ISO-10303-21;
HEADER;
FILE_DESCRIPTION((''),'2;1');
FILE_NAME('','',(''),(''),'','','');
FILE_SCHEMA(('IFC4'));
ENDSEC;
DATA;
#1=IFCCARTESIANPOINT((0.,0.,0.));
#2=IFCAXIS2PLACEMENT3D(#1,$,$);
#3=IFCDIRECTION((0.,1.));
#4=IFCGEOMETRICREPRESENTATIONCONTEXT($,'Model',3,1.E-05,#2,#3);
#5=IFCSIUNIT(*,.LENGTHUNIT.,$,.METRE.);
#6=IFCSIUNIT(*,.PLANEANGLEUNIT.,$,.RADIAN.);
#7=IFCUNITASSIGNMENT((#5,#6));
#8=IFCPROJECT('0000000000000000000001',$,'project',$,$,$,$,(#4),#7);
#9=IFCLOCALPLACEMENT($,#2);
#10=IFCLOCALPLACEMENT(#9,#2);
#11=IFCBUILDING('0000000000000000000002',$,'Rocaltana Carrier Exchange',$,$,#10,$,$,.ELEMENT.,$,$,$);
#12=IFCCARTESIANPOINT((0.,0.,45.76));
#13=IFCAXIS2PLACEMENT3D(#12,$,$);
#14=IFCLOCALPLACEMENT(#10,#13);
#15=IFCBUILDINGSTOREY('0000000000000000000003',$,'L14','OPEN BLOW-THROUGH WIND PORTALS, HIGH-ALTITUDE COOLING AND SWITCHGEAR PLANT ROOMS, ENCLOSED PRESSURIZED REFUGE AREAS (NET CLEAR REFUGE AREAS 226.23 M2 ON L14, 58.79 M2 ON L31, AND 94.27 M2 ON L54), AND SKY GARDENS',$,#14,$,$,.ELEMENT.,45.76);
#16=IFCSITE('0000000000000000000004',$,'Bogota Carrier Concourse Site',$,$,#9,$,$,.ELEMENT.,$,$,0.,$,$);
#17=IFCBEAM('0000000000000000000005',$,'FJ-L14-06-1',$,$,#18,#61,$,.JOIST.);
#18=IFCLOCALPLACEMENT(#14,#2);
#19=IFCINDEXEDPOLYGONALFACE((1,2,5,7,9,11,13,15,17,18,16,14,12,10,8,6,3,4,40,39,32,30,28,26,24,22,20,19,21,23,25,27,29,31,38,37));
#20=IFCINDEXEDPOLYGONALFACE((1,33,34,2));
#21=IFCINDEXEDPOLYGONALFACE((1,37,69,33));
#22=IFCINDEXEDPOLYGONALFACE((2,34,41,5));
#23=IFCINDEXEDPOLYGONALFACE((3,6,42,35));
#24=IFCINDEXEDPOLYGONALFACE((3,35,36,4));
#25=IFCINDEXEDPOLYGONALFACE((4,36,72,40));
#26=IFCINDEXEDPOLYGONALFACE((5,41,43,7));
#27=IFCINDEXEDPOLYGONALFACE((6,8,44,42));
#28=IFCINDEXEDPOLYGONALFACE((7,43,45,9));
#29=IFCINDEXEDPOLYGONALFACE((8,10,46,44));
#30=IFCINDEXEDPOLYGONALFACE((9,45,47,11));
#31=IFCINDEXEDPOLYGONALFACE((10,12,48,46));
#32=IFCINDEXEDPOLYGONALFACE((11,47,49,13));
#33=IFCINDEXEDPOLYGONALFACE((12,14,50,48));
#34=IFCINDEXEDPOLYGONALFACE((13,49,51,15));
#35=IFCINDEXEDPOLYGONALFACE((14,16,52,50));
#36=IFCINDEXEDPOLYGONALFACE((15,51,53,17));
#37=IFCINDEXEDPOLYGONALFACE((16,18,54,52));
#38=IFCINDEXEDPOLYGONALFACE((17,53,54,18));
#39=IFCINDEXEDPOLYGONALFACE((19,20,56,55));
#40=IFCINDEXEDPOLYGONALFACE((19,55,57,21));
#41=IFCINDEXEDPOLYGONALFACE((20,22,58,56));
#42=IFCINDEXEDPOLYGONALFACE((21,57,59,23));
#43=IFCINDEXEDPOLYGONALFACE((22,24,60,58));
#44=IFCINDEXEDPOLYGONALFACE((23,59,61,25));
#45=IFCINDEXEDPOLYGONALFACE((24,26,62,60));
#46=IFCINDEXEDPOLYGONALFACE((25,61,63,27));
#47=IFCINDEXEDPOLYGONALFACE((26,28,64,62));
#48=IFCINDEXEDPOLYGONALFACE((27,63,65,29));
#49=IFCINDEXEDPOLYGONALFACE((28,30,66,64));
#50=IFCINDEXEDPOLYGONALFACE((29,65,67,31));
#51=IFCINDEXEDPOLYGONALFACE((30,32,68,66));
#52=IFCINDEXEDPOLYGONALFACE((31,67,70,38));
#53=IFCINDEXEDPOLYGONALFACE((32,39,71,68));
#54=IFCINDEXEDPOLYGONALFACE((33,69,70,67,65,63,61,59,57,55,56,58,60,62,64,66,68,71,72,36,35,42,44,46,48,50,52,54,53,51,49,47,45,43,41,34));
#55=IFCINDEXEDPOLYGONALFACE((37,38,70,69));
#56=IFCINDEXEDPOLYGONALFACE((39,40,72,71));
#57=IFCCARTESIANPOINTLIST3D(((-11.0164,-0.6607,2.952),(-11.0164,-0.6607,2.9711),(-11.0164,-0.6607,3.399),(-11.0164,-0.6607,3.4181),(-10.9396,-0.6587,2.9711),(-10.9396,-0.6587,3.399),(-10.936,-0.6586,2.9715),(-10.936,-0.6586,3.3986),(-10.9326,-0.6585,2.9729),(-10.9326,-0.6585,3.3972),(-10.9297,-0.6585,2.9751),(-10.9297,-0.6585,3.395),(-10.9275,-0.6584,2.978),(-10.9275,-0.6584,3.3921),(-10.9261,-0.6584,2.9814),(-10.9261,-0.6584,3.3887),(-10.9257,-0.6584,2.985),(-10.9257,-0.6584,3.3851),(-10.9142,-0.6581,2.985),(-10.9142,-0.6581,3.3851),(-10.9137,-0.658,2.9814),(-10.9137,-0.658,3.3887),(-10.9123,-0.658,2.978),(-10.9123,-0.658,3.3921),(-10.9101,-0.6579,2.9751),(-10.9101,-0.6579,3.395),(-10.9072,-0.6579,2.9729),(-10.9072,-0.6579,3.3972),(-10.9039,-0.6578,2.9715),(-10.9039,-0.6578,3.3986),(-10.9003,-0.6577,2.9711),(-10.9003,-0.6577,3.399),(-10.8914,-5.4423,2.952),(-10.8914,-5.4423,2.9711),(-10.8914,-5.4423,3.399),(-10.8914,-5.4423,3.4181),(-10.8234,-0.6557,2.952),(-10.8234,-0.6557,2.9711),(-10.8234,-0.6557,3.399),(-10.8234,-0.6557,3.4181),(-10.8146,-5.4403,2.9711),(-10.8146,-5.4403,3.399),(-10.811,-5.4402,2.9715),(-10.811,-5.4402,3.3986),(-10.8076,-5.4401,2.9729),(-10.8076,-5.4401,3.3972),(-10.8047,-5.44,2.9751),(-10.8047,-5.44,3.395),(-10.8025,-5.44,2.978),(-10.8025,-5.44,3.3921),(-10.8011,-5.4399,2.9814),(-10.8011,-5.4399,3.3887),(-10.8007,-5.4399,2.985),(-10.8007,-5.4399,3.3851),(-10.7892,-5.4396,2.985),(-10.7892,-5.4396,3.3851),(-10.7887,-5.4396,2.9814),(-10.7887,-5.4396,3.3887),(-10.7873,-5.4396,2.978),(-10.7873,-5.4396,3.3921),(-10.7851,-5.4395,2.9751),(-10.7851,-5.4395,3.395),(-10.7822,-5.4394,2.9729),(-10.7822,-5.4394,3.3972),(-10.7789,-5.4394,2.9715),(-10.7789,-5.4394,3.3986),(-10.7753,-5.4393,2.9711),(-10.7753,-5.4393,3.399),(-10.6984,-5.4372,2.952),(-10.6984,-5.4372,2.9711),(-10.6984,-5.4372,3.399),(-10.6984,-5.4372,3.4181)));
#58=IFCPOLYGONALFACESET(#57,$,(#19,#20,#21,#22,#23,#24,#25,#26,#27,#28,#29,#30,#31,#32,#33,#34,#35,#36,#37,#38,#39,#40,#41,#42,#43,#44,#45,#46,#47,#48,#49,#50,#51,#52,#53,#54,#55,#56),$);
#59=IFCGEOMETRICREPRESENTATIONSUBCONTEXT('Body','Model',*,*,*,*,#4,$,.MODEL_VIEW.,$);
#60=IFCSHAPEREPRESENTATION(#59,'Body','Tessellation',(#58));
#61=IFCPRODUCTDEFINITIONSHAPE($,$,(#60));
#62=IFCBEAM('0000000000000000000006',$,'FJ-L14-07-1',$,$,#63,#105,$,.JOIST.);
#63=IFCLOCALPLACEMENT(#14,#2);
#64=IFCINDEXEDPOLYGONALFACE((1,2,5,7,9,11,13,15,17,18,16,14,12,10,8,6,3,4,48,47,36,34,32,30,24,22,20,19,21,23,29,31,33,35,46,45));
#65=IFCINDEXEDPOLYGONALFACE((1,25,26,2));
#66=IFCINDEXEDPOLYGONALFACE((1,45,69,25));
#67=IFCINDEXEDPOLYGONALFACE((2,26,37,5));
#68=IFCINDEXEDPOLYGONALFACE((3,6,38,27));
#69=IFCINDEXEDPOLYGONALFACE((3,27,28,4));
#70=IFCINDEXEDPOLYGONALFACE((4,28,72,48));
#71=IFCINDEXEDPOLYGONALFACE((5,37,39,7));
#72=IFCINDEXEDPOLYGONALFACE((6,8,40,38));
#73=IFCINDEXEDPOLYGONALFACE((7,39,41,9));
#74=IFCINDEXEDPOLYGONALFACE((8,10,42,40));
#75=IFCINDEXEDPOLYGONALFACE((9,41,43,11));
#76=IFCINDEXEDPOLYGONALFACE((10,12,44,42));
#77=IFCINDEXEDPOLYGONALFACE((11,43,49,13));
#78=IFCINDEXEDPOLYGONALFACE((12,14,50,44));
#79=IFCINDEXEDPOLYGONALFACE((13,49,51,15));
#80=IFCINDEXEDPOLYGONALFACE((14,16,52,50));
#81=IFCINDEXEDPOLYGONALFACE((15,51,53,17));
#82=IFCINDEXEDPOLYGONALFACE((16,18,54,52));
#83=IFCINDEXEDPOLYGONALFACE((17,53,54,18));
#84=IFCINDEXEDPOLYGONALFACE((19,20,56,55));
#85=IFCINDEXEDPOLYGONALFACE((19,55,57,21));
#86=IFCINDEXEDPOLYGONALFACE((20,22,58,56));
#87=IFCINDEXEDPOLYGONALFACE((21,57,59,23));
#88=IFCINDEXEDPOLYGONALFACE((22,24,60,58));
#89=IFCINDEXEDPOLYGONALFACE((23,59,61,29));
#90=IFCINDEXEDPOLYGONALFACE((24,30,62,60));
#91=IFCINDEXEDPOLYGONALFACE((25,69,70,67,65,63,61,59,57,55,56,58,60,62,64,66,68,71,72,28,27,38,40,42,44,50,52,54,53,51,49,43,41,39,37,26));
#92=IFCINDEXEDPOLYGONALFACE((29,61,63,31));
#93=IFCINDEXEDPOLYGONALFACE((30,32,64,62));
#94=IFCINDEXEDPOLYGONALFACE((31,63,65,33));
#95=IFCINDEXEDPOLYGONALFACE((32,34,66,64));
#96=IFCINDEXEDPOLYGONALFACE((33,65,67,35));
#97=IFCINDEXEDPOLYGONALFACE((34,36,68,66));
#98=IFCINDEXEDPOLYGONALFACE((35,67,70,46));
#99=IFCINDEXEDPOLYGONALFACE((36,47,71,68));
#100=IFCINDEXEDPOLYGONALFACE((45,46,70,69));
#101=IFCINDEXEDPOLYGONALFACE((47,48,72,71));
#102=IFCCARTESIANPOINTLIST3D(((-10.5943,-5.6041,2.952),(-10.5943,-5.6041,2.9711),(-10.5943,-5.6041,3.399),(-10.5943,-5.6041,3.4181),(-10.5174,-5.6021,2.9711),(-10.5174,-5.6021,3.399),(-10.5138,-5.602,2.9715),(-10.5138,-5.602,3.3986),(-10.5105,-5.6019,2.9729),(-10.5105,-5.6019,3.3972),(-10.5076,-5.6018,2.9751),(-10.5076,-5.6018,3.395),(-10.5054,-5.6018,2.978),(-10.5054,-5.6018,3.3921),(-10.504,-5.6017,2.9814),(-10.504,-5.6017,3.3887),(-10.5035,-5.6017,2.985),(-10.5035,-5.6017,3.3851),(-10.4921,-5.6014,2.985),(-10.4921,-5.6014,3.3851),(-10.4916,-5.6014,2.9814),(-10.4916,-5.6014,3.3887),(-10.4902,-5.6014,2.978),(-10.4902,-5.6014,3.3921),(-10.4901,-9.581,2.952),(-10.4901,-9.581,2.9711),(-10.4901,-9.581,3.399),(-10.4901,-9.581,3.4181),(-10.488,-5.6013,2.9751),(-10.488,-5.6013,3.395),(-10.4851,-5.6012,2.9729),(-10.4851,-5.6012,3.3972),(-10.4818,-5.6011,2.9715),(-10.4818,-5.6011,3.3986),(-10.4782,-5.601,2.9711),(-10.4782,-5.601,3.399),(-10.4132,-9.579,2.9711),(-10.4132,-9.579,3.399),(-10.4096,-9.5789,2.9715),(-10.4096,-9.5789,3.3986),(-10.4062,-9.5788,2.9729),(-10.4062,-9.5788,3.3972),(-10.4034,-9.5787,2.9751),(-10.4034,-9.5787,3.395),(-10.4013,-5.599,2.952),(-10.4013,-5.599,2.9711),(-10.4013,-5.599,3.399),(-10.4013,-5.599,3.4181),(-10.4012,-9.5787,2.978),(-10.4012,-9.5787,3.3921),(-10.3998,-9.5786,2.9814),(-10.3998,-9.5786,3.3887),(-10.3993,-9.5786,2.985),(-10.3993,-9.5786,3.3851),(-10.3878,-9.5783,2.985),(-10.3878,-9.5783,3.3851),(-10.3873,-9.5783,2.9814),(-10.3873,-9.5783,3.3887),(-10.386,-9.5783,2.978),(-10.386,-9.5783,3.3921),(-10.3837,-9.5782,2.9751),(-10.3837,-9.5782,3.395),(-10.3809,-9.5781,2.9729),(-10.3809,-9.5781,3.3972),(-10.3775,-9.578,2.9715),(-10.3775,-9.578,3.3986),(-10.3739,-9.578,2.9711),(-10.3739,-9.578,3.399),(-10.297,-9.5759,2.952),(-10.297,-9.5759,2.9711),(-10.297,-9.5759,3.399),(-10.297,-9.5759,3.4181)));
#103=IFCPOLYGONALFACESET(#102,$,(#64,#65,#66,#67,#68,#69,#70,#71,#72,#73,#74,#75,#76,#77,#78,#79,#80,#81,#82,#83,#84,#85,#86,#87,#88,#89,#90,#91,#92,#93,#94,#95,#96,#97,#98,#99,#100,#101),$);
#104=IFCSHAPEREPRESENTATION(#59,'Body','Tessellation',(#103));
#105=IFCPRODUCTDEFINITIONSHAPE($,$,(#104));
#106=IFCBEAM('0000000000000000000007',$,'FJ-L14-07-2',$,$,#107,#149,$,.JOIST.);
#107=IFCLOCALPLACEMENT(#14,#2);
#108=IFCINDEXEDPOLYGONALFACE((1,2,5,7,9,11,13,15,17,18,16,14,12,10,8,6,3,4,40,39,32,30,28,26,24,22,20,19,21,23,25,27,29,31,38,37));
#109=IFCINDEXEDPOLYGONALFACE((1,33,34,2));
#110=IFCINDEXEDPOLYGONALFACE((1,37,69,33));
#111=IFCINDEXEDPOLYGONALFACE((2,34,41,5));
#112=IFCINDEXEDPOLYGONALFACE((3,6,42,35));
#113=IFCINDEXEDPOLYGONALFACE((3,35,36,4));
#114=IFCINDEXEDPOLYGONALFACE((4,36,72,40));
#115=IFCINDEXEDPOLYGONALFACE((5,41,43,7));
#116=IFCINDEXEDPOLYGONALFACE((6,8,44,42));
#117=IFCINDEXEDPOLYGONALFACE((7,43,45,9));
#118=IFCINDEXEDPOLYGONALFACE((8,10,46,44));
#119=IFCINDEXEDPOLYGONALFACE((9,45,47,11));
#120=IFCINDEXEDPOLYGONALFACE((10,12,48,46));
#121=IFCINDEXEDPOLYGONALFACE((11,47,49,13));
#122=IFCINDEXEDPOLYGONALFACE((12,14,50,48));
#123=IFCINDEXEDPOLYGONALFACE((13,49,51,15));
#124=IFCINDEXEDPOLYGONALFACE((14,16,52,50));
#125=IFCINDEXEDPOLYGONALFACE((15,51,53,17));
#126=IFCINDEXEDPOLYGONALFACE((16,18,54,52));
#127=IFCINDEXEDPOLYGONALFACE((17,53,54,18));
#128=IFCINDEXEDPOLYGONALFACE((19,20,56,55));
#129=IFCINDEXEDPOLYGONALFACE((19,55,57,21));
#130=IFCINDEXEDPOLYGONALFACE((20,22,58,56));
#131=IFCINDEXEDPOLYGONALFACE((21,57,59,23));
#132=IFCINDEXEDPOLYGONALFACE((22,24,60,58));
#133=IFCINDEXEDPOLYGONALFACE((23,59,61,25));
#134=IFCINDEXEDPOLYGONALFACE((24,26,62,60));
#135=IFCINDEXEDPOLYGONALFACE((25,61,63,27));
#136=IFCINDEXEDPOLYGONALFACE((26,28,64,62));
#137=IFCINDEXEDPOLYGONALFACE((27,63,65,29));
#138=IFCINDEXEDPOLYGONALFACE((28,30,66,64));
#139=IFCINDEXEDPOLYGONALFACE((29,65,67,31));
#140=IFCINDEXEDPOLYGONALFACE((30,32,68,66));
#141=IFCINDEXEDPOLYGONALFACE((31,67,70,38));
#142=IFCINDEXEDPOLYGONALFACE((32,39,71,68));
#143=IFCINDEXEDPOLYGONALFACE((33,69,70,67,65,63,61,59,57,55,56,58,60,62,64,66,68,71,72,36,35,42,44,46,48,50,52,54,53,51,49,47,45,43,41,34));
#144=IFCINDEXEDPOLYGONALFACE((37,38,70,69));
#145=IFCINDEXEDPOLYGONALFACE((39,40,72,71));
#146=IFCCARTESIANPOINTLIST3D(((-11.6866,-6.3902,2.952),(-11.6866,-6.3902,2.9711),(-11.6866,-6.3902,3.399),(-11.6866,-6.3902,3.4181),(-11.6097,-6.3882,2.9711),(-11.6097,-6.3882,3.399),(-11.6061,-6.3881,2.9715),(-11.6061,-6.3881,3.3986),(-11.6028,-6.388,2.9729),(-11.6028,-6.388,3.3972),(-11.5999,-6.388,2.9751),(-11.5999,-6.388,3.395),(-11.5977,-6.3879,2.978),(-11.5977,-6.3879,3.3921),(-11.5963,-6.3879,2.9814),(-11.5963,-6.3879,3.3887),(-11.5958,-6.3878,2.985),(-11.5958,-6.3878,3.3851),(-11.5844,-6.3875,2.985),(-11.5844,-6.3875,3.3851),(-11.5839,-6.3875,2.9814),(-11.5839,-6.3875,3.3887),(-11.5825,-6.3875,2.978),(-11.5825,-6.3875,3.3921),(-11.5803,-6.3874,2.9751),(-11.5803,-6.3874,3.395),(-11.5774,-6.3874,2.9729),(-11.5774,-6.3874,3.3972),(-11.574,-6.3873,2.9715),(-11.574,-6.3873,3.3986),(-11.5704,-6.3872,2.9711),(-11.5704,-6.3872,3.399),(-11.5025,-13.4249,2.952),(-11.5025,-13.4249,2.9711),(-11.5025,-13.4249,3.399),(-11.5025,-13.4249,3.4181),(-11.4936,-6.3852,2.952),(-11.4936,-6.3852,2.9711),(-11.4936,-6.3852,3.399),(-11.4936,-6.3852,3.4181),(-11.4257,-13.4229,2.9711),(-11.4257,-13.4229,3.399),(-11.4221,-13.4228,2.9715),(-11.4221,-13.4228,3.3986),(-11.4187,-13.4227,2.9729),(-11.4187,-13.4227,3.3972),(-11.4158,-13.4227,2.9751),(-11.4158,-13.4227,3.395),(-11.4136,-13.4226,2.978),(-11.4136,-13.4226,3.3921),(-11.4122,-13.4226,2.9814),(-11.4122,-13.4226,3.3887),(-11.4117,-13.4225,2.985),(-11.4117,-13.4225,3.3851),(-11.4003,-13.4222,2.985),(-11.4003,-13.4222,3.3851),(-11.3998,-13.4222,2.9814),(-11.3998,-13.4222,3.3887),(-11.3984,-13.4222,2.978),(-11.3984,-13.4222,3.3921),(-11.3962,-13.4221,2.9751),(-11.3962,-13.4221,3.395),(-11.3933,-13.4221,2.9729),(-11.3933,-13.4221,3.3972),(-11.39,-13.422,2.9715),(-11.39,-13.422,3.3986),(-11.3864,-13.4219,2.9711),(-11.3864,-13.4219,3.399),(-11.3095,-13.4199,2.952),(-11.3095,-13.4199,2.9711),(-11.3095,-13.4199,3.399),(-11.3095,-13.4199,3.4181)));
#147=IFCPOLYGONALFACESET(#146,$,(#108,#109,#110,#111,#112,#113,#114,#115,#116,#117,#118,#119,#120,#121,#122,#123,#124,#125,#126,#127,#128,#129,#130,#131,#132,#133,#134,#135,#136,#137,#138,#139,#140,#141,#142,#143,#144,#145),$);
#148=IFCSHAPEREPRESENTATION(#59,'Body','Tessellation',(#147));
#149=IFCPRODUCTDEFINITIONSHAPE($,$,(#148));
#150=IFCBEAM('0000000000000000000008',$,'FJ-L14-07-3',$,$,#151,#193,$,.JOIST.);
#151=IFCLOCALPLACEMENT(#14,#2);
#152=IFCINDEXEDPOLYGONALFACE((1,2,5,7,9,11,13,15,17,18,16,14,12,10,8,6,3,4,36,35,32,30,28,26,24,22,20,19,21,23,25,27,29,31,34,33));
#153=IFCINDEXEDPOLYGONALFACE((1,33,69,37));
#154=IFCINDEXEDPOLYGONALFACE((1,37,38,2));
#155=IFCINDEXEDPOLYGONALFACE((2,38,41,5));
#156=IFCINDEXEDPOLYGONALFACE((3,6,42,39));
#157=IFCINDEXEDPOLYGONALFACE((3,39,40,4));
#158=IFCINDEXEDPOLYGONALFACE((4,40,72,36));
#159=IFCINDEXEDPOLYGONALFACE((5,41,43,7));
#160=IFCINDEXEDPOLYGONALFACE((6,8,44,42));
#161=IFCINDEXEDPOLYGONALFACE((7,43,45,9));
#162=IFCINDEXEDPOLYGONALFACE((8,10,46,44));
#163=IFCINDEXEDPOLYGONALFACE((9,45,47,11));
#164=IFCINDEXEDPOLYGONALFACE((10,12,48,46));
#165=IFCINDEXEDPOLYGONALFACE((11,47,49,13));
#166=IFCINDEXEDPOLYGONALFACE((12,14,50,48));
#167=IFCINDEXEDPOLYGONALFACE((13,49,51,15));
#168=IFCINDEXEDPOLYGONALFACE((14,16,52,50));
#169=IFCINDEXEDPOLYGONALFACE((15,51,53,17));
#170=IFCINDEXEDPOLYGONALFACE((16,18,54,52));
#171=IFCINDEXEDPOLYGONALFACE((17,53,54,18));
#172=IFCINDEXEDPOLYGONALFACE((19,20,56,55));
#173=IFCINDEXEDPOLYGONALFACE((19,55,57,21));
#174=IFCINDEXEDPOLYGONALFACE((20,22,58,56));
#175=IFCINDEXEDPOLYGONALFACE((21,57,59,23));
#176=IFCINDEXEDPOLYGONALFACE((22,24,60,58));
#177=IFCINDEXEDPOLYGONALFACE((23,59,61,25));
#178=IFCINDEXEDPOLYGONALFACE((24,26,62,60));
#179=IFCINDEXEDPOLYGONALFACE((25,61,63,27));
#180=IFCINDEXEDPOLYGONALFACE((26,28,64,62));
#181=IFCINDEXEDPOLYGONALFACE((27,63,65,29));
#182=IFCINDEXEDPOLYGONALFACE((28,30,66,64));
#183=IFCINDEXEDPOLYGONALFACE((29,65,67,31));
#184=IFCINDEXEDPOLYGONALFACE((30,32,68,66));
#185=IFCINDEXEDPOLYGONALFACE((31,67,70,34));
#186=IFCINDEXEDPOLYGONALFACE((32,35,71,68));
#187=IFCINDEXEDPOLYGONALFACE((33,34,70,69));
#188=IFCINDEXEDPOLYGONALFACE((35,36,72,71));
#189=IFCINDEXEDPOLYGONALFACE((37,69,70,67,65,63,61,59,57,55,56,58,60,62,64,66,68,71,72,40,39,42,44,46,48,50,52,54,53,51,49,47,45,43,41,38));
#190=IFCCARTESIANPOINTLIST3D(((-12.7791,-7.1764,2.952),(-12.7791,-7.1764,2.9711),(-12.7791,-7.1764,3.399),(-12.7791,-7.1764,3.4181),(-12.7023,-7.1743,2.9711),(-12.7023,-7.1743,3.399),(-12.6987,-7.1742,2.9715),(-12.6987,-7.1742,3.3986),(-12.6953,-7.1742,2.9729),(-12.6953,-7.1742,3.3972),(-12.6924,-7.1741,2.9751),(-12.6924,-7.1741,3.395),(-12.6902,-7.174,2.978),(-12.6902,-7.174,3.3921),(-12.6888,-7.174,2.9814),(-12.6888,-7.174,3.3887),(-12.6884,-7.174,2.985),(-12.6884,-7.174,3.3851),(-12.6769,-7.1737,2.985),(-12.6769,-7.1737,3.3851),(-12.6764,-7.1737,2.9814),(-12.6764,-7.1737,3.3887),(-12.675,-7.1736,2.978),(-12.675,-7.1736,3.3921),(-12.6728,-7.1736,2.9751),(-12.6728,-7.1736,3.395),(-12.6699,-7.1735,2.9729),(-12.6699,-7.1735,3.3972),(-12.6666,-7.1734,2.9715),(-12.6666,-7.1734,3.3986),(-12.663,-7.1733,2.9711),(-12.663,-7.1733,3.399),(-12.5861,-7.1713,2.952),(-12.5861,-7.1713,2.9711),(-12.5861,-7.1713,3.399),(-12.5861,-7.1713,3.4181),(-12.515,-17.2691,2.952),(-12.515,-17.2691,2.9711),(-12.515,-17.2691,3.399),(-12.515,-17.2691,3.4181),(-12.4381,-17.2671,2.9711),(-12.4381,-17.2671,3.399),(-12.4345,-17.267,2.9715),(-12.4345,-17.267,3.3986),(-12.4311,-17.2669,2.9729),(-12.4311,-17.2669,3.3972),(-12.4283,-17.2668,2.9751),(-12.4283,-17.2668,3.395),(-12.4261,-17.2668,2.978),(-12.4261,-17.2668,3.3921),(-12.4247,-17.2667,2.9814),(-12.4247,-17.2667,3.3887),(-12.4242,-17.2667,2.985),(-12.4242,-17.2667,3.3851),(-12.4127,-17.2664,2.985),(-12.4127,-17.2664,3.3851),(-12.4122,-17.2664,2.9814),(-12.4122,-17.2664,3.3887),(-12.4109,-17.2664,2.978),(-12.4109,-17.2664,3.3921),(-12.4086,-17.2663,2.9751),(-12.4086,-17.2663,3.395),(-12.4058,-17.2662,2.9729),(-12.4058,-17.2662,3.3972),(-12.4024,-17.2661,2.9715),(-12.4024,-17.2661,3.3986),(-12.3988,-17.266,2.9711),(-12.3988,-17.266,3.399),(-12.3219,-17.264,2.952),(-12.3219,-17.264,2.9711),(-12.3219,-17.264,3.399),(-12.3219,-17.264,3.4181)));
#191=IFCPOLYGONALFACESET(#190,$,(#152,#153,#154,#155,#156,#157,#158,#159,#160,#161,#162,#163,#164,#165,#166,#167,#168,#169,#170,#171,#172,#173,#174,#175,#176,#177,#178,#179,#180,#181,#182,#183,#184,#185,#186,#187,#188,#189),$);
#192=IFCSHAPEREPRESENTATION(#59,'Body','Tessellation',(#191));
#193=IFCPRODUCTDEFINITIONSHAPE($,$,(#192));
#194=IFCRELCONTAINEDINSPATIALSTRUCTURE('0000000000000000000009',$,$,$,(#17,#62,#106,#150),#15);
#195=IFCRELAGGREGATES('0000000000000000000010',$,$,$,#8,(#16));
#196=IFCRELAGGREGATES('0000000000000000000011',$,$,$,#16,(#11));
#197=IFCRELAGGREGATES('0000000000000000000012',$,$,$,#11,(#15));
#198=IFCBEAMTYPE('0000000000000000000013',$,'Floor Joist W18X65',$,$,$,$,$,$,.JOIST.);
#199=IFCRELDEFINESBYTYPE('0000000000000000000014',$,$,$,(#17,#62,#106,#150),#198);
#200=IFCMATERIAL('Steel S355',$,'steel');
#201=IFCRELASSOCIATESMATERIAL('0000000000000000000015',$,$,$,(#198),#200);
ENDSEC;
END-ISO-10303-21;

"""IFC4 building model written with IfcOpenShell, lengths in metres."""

from ifc_helpers import new_model, si_unit, direction, frame, origin, origin_2d, place, context, subcontext, project, spatial, i_section, extrude, material, material_profile, profile_set, type_object, element, save


model = new_model("IFC4")

# Units and contexts
model_context = context("Model", 3, precision=1e-05, world=origin(), true_north=direction((0.0, 1.0)))
body_context = subcontext(model_context, "Body", "Model", "MODEL_VIEW")
ifc_project = project(units=[si_unit("LENGTHUNIT", "METRE"), si_unit("PLANEANGLEUNIT", "RADIAN")], contexts=[model_context])

# Site, building, storey
site_placement = place(None, origin())
site = spatial("IfcSite", under=ifc_project, at=site_placement, Name="Bogota Carrier Concourse Site", CompositionType="ELEMENT", RefElevation=0.0)
building_placement = place(site_placement, origin())
building = spatial("IfcBuilding", under=site, at=building_placement, Name="Rocaltana Carrier Exchange", CompositionType="ELEMENT")
storey_placement = place(building_placement, frame((0.0, 0.0, 45.76)))
storey = spatial("IfcBuildingStorey", under=building, at=storey_placement, Name="L14", Description="OPEN BLOW-THROUGH WIND PORTALS, HIGH-ALTITUDE COOLING AND SWITCHGEAR PLANT ROOMS, ENCLOSED PRESSURIZED REFUGE AREAS (NET CLEAR REFUGE AREAS 226.23 M2 ON L14, 58.79 M2 ON L31, AND 94.27 M2 ON L54), AND SKY GARDENS", CompositionType="ELEMENT", Elevation=45.76)

# Beams
ifc_material_1 = material(Name="Steel S355", Category="steel")
ifc_material_profile_1 = material_profile(ifc_material_1, i_section(OverallWidth=0.1931, OverallDepth=0.4661, WebThickness=0.0115, FlangeThickness=0.019, FilletRadius=0.0139, at=origin_2d()), Name="W18X65")
ifc_profile_set_1 = profile_set([ifc_material_profile_1], Name="Steel S355")
beam_type_1 = type_object("IfcBeamType", Name="Floor Joist W18X65", PredefinedType="JOIST", material=ifc_profile_set_1)
beam_1_placement = place(storey_placement, frame((-10.9199, -0.6582, 3.1851), z_axis=(0.026134, -0.999658, 0.0), x_axis=(0.999658, 0.026134, 0.0)))
element("IfcBeam", 1, at=beam_1_placement, inside=storey, type_object=beam_type_1, Name="FJ-L14-06-1", PredefinedType="JOIST", context=body_context, shape_type="SweptSolid", body=[
    extrude(i_section(OverallWidth=0.1931, OverallDepth=0.4661, WebThickness=0.0115, FlangeThickness=0.019, FilletRadius=0.0139, at=origin_2d()), origin(), (0.0, 0.0, 1.0), 4.7832),
])
beam_2_placement = place(storey_placement, frame((-10.4978, -5.6016, 3.1851), z_axis=(0.026205, -0.999657, 0.0), x_axis=(0.999657, 0.026205, 0.0)))
element("IfcBeam", 2, at=beam_2_placement, inside=storey, type_object=beam_type_1, Name="FJ-L14-07-1", PredefinedType="JOIST", context=body_context, shape_type="SweptSolid", body=[
    extrude(i_section(OverallWidth=0.1931, OverallDepth=0.4661, WebThickness=0.0115, FlangeThickness=0.019, FilletRadius=0.0139, at=origin_2d()), origin(), (0.0, 0.0, 1.0), 3.9783),
])
beam_3_placement = place(storey_placement, frame((-11.5901, -6.3877, 3.1851), z_axis=(0.026159, -0.999658, 0.0), x_axis=(0.999658, 0.026159, 0.0)))
element("IfcBeam", 3, at=beam_3_placement, inside=storey, type_object=beam_type_1, Name="FJ-L14-07-2", PredefinedType="JOIST", context=body_context, shape_type="SweptSolid", body=[
    extrude(i_section(OverallWidth=0.1931, OverallDepth=0.4661, WebThickness=0.0115, FlangeThickness=0.019, FilletRadius=0.0139, at=origin_2d()), origin(), (0.0, 0.0, 1.0), 7.0371),
])
beam_4_placement = place(storey_placement, frame((-12.6826, -7.1738, 3.1851), z_axis=(0.026164, -0.999658, 0.0), x_axis=(0.999658, 0.026164, 0.0)))
element("IfcBeam", 4, at=beam_4_placement, inside=storey, type_object=beam_type_1, Name="FJ-L14-07-3", PredefinedType="JOIST", context=body_context, shape_type="SweptSolid", body=[
    extrude(i_section(OverallWidth=0.1931, OverallDepth=0.4661, WebThickness=0.0115, FlangeThickness=0.019, FilletRadius=0.0139, at=origin_2d()), origin(), (0.0, 0.0, 1.0), 10.0962),
])

save(model, "model.ifc")
